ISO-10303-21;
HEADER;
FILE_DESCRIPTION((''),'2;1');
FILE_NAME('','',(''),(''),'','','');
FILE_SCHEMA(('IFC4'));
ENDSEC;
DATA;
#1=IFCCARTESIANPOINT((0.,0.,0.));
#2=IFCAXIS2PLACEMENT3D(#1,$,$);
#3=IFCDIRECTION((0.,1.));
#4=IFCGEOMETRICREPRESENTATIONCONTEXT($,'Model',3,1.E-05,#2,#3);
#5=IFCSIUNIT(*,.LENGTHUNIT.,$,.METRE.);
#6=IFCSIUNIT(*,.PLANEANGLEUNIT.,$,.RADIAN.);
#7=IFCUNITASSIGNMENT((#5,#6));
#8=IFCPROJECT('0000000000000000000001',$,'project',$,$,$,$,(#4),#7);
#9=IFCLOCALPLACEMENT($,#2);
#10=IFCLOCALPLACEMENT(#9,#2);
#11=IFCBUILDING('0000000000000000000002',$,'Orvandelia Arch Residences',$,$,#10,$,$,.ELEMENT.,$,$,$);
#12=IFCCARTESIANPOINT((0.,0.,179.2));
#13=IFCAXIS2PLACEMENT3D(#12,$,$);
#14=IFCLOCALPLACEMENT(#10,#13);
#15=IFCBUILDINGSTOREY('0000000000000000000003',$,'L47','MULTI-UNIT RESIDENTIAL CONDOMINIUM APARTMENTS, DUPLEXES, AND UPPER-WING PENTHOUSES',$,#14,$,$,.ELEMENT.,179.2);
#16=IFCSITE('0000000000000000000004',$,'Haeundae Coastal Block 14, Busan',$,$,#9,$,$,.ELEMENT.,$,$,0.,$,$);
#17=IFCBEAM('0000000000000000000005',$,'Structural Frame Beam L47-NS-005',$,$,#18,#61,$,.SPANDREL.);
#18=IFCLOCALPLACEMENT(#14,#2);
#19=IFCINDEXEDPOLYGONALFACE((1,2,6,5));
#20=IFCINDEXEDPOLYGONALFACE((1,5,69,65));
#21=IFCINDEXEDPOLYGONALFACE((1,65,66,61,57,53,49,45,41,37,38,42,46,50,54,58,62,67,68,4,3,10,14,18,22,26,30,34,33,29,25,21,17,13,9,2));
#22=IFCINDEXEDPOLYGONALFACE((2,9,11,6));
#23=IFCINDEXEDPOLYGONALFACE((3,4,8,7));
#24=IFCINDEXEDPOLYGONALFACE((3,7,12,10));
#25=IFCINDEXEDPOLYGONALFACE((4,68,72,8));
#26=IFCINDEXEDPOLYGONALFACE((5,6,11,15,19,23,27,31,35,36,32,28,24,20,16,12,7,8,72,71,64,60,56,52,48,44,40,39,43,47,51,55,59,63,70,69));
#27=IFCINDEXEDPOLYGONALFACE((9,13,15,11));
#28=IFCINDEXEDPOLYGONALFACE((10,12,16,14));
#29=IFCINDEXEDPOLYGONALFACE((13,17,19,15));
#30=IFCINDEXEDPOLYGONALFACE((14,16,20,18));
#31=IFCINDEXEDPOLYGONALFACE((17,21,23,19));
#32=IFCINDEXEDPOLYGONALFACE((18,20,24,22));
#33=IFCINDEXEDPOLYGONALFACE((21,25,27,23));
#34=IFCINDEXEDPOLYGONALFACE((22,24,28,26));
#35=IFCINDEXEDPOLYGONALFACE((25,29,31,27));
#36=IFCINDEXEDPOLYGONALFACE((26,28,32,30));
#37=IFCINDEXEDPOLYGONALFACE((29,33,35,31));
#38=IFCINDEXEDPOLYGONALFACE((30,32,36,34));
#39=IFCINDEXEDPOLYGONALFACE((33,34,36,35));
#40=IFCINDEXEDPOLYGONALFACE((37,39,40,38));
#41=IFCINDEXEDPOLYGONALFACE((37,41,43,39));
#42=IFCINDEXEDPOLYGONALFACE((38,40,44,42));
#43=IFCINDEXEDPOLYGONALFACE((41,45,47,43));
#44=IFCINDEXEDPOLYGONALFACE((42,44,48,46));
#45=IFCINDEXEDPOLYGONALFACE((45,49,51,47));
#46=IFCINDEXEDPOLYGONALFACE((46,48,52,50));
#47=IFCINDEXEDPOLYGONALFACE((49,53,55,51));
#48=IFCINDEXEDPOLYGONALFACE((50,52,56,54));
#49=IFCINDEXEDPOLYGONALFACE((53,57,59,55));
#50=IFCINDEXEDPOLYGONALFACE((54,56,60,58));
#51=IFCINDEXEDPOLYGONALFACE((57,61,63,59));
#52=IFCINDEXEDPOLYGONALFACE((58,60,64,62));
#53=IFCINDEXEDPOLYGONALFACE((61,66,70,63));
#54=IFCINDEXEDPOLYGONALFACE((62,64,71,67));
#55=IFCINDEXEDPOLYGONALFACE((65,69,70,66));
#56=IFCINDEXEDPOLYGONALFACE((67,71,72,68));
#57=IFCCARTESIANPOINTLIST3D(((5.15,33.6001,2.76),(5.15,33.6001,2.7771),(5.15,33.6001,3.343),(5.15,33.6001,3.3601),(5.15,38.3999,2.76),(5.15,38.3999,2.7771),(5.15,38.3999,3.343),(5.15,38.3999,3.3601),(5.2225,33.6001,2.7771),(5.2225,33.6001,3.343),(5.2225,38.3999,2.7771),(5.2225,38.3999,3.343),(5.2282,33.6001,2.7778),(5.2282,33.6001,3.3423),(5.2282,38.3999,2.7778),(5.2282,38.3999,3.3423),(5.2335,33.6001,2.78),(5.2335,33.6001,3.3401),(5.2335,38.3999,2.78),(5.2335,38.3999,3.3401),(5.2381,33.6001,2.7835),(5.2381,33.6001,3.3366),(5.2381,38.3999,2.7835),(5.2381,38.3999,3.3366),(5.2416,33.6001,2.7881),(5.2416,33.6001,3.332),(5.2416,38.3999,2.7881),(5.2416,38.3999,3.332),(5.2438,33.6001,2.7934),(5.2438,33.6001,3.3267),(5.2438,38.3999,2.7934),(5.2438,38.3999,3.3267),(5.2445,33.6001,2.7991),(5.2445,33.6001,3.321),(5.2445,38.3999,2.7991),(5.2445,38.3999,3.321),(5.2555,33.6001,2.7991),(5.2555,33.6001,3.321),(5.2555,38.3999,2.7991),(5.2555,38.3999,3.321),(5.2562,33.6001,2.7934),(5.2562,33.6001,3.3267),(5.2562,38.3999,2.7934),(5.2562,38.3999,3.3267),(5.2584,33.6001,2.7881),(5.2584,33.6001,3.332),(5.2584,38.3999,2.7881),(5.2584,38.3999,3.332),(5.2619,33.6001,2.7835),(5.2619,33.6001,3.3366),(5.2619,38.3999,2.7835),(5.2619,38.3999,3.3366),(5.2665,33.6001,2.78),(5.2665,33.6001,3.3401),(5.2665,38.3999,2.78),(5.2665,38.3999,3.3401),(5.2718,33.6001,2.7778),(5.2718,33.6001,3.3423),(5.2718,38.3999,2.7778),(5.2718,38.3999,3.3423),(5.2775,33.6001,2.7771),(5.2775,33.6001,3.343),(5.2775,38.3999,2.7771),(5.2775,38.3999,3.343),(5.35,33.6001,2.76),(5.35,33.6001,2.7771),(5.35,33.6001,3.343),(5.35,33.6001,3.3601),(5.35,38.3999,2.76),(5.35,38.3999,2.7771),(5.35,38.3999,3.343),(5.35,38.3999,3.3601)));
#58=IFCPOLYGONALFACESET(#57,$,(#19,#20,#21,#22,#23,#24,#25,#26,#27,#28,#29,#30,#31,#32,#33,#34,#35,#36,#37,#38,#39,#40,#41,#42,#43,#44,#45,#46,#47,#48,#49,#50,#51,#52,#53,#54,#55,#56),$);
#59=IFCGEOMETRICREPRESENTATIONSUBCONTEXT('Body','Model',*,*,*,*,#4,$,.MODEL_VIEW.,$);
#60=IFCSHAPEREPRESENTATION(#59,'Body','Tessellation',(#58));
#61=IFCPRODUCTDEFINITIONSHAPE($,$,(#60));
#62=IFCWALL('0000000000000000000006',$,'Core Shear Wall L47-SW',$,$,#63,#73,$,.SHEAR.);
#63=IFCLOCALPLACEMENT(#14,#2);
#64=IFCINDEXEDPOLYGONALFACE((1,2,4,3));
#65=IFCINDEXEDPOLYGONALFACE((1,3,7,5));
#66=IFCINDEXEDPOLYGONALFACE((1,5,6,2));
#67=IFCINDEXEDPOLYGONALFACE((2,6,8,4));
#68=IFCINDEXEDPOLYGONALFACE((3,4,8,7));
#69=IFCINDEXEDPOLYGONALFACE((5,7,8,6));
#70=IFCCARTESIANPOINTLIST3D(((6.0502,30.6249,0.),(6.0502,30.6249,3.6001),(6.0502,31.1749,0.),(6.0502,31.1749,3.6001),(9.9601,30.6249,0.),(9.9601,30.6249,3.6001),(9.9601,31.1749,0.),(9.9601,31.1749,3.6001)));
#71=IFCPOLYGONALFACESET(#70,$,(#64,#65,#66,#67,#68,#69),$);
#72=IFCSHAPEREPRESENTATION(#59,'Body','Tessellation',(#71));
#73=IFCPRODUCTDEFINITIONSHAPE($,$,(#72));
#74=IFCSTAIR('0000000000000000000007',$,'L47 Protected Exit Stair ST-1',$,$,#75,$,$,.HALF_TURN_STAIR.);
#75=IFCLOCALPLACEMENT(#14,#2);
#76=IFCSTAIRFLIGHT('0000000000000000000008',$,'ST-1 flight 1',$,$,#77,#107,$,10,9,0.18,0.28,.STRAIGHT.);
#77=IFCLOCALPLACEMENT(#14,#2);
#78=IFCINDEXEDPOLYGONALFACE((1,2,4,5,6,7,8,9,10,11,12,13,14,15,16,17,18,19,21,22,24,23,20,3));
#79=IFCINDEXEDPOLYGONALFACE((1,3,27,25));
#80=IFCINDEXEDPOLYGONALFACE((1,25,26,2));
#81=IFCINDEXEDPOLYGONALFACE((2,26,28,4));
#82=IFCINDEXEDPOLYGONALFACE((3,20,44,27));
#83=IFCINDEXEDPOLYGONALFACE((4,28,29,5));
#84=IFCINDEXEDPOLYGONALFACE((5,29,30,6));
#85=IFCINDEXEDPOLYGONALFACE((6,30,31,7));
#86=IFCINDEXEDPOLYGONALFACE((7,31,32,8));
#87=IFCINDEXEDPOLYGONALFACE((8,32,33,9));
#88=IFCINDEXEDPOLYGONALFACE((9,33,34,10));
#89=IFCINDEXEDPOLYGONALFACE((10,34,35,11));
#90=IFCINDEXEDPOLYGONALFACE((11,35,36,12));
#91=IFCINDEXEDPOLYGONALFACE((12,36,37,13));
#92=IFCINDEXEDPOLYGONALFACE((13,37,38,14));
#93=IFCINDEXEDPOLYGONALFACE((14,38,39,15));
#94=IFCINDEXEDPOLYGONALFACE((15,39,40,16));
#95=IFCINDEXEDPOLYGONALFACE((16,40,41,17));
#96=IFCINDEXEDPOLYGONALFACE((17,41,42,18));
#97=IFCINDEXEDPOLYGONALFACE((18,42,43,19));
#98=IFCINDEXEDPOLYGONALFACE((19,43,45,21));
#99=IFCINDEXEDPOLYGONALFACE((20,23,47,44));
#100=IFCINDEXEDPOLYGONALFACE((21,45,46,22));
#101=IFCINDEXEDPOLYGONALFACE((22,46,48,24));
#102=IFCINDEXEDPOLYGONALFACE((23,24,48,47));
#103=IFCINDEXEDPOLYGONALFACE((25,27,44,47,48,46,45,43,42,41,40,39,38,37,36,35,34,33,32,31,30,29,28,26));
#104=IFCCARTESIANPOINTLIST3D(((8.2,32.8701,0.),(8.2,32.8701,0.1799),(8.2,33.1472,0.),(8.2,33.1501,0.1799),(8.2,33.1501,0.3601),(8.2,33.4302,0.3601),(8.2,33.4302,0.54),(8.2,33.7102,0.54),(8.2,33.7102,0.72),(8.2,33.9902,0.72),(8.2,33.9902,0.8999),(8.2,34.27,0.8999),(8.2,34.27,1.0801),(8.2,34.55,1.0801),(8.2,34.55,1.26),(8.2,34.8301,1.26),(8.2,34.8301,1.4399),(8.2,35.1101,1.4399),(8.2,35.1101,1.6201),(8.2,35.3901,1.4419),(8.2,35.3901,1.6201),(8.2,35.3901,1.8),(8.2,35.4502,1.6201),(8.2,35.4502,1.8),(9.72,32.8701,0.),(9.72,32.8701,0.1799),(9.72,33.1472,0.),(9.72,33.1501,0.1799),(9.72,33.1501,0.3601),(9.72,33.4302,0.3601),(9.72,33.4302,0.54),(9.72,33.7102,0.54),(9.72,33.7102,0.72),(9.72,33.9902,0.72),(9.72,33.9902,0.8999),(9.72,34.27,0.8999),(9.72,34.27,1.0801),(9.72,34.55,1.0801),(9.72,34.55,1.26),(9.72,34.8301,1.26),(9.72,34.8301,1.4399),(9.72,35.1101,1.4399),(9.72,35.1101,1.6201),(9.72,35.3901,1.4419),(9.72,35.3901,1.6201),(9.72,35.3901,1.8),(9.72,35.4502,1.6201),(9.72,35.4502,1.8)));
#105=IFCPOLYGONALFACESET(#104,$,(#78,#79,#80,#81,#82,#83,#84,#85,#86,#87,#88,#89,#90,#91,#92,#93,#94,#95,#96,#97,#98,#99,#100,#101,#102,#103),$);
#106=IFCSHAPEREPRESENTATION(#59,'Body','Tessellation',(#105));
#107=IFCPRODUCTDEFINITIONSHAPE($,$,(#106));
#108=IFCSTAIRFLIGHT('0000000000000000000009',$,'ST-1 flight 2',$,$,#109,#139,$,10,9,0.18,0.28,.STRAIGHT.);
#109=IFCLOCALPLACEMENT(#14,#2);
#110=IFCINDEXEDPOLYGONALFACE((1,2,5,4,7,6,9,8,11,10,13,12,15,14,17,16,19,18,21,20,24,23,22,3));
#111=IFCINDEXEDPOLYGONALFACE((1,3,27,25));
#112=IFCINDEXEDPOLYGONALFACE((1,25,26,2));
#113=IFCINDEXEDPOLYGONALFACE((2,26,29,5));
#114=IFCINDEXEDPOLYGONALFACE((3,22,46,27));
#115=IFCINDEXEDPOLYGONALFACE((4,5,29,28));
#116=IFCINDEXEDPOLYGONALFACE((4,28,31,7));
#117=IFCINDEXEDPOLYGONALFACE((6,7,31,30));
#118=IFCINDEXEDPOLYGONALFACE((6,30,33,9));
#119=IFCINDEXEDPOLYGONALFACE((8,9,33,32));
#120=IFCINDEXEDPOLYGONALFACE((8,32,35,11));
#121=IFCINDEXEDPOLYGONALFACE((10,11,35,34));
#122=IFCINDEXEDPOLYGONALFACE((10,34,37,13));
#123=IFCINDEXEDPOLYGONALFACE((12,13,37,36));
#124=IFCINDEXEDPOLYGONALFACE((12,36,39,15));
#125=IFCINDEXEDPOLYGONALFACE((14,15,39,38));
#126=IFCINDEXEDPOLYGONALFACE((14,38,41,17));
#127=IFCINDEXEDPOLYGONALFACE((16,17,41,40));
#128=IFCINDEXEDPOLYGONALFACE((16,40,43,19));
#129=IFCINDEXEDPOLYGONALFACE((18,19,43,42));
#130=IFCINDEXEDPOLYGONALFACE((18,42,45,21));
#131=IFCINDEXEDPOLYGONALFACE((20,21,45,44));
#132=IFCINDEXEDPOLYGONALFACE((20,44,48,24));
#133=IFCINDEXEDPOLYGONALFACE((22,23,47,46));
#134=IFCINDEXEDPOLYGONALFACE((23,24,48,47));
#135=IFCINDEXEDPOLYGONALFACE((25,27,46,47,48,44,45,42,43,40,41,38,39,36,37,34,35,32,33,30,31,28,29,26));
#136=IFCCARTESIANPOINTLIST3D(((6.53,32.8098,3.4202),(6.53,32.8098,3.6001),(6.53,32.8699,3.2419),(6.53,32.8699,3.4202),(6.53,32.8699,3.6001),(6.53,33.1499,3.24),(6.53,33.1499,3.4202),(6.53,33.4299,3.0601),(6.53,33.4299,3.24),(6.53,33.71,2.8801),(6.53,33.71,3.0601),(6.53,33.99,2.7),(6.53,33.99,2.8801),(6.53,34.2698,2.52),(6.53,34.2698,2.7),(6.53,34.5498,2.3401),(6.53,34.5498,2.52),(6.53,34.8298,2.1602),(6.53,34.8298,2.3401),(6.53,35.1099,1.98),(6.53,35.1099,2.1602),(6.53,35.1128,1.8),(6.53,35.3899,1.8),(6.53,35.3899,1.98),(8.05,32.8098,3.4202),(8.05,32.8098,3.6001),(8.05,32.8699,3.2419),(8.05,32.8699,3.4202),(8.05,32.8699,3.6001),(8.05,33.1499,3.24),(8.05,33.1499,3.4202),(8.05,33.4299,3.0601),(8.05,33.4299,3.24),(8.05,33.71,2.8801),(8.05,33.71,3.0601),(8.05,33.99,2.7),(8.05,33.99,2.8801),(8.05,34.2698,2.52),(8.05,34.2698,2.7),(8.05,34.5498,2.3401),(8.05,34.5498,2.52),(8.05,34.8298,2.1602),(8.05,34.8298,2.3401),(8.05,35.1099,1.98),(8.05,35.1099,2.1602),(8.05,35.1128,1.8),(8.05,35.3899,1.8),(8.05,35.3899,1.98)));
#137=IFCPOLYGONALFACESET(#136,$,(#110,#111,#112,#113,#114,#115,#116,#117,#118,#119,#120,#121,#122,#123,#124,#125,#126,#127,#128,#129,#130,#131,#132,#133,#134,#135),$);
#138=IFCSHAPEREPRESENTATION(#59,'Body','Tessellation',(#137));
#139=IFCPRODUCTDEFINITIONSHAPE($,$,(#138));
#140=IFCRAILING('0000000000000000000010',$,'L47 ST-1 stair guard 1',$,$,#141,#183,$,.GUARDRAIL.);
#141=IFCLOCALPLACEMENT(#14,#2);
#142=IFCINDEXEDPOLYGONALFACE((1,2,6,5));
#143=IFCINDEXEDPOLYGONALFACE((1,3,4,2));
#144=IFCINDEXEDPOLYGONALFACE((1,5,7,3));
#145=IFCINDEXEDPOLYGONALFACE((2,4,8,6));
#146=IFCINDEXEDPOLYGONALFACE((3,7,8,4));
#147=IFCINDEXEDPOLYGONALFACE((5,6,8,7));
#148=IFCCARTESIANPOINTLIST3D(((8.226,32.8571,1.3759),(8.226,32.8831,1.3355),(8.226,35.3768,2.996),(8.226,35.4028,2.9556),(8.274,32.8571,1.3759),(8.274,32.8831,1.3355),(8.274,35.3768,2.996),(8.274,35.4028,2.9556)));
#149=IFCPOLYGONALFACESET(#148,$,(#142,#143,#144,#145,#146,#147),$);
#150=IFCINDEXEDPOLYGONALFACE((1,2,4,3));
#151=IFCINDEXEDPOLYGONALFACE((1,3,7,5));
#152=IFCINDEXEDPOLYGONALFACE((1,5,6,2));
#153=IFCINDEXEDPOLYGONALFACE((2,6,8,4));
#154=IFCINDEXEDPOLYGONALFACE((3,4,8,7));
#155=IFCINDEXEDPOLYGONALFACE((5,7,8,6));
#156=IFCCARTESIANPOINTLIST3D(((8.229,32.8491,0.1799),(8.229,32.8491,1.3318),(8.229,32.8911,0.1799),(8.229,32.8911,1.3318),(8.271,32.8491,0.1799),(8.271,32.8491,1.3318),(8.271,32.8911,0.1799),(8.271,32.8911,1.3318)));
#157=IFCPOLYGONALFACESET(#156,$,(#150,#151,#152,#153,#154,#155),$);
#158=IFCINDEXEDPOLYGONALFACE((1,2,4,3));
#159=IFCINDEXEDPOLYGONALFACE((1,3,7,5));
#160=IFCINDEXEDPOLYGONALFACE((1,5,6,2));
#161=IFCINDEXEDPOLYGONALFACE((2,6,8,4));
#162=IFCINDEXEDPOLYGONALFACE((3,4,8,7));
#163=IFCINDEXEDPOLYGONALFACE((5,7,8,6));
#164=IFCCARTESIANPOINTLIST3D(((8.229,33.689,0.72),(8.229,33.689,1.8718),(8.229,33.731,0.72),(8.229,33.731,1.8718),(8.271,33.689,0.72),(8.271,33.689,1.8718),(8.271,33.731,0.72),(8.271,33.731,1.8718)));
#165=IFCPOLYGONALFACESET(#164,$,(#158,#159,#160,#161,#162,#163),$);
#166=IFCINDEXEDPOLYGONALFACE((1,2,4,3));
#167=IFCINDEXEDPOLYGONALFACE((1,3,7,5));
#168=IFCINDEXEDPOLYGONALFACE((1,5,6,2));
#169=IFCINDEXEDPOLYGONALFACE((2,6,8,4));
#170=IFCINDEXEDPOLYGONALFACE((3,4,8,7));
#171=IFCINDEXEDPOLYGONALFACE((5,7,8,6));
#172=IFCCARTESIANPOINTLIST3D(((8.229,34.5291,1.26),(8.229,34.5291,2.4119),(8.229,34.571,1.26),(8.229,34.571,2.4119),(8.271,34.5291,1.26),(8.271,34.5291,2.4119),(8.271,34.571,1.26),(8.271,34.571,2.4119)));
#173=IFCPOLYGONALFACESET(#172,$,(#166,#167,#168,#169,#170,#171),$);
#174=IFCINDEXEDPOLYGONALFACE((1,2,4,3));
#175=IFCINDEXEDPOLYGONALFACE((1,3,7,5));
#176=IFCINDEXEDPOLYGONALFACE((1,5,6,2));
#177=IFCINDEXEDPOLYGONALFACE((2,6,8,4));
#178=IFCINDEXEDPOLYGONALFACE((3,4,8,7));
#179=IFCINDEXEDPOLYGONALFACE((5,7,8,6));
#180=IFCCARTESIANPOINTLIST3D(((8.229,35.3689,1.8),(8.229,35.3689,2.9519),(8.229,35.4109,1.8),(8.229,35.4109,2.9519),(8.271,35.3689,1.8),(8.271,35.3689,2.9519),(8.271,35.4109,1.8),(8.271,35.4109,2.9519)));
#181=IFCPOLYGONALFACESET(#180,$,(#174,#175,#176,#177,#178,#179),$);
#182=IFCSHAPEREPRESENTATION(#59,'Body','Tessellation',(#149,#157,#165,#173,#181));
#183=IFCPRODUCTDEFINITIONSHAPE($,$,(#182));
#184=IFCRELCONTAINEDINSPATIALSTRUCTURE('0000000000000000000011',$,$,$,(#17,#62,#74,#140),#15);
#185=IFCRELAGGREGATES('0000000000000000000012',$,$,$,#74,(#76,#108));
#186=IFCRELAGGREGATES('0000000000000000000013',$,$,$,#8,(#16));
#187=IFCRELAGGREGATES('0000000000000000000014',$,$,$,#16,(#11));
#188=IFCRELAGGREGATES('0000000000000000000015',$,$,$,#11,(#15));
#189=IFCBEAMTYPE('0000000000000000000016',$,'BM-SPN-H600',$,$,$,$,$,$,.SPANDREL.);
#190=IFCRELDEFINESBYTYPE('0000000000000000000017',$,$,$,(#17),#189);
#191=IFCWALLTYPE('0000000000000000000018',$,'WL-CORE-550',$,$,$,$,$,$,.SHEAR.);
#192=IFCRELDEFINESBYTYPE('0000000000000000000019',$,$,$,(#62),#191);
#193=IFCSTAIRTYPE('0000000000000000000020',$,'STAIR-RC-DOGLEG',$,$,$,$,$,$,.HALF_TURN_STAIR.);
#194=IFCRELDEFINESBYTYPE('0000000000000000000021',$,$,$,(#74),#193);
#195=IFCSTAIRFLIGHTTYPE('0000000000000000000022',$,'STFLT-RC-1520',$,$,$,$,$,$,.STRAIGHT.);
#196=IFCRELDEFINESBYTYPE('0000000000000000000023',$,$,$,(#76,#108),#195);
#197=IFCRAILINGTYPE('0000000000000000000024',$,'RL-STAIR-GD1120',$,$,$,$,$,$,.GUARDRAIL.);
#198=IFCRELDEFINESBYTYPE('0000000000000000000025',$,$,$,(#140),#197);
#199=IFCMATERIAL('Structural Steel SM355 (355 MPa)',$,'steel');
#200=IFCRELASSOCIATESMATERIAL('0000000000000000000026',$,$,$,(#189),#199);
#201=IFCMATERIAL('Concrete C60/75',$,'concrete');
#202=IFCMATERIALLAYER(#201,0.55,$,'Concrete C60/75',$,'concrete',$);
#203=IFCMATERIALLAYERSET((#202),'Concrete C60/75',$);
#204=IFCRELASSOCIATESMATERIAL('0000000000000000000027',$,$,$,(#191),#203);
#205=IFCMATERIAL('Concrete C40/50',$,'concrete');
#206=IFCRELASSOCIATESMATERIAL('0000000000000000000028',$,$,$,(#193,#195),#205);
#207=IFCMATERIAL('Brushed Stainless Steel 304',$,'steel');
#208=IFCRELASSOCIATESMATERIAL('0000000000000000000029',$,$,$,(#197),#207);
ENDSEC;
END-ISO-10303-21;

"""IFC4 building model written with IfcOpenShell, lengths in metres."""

from ifc_helpers import new_model, si_unit, direction, frame, frame_2d, origin, origin_2d, place, context, subcontext, project, spatial, polyline, rectangle, i_section, outline, extrude, material, layer, layer_set, material_profile, profile_set, type_object, element, aggregate, save


model = new_model("IFC4")

# Units and contexts
model_context = context("Model", 3, precision=1e-05, world=origin(), true_north=direction((0.0, 1.0)))
body_context = subcontext(model_context, "Body", "Model", "MODEL_VIEW")
ifc_project = project(units=[si_unit("LENGTHUNIT", "METRE"), si_unit("PLANEANGLEUNIT", "RADIAN")], contexts=[model_context])

# Site, building, storey
site_placement = place(None, origin())
site = spatial("IfcSite", under=ifc_project, at=site_placement, Name="Haeundae Coastal Block 14, Busan", CompositionType="ELEMENT", RefElevation=0.0)
building_placement = place(site_placement, origin())
building = spatial("IfcBuilding", under=site, at=building_placement, Name="Orvandelia Arch Residences", CompositionType="ELEMENT")
storey_placement = place(building_placement, frame((0.0, 0.0, 179.2)))
storey = spatial("IfcBuildingStorey", under=building, at=storey_placement, Name="L47", Description="MULTI-UNIT RESIDENTIAL CONDOMINIUM APARTMENTS, DUPLEXES, AND UPPER-WING PENTHOUSES", CompositionType="ELEMENT", Elevation=179.2)

# Shared definitions
ifc_material_1 = material(Name="Concrete C60/75", Category="concrete")

# Beam
ifc_material_2 = material(Name="Structural Steel SM355 (355 MPa)", Category="steel")
ifc_material_profile_1 = material_profile(ifc_material_2, i_section(OverallWidth=0.2, OverallDepth=0.6001, WebThickness=0.011, FlangeThickness=0.0171, FilletRadius=0.022, at=origin_2d()), Name="Structural Steel SM355 (355 MPa)", Category="steel")
ifc_profile_set_1 = profile_set([ifc_material_profile_1], Name="Structural Steel SM355 (355 MPa)")
beam_type_1 = type_object("IfcBeamType", Name="BM-SPN-H600", PredefinedType="SPANDREL", material=ifc_profile_set_1)
beam_1_placement = place(storey_placement, frame((5.25, 33.6001, 3.0601), z_axis=(0.0, 1.0, 0.0), x_axis=(-1.0, 0.0, 0.0)))
element("IfcBeam", 1, at=beam_1_placement, inside=storey, type_object=beam_type_1, Name="Structural Frame Beam L47-NS-005", PredefinedType="SPANDREL", context=body_context, shape_type="SweptSolid", body=[
    extrude(i_section(OverallWidth=0.2, OverallDepth=0.6001, WebThickness=0.011, FlangeThickness=0.0171, FilletRadius=0.022, at=origin_2d()), origin(), (0.0, 0.0, 1.0), 4.7998),
])

# Wall
ifc_layer = layer(ifc_material_1, 0.55, Name="Concrete C60/75", Category="concrete")
ifc_layer_set = layer_set([ifc_layer], Name="Concrete C60/75")
wall_type = type_object("IfcWallType", Name="WL-CORE-550", PredefinedType="SHEAR", material=ifc_layer_set)
wall_placement = place(storey_placement, frame((6.05, 30.8999, 0.0), z_axis=(0.0, 0.0, 1.0), x_axis=(1.0, 0.0, 0.0)))
element("IfcWall", 2, at=wall_placement, inside=storey, type_object=wall_type, Name="Core Shear Wall L47-SW", PredefinedType="SHEAR", context=body_context, shape_type="SweptSolid", body=[
    extrude(rectangle(XDim=3.9099, YDim=0.55, at=frame_2d((1.9551, 0.0))), origin(), (0.0, 0.0, 1.0), 3.6001),
])

# Stair, stair flights
ifc_material_3 = material(Name="Concrete C40/50", Category="concrete")
stair_type = type_object("IfcStairType", Name="STAIR-RC-DOGLEG", PredefinedType="HALF_TURN_STAIR", material=ifc_material_3)
stair_placement = place(storey_placement, origin())
stair = element("IfcStair", 3, at=stair_placement, inside=storey, type_object=stair_type, Name="L47 Protected Exit Stair ST-1", PredefinedType="HALF_TURN_STAIR")
stair_flight_type = type_object("IfcStairFlightType", Name="STFLT-RC-1520", PredefinedType="STRAIGHT", material=ifc_material_3)
stair_flight_1_placement = place(storey_placement, frame((8.96, 32.8701, 0.0), z_axis=(0.0, 0.0, 1.0), x_axis=(0.0, 1.0, 0.0)))
stair_flight_1 = element("IfcStairFlight", 4, at=stair_flight_1_placement, type_object=stair_flight_type, Name="ST-1 flight 1", NumberOfRisers=10, NumberOfTreads=9, PredefinedType="STRAIGHT", RiserHeight=0.18, TreadLength=0.28, context=body_context, shape_type="SweptSolid", body=[
    extrude(outline(polyline([(0.0, 0.0), (0.0, 0.1799), (0.28, 0.1799), (0.28, 0.3601), (0.5601, 0.3601), (0.5601, 0.54), (0.8401, 0.54), (0.8401, 0.72), (1.1201, 0.72), (1.1201, 0.8999), (1.3999, 0.8999), (1.3999, 1.0801), (1.6799, 1.0801), (1.6799, 1.26), (1.96, 1.26), (1.96, 1.4399), (2.24, 1.4399), (2.24, 1.6201), (2.52, 1.6201), (2.52, 1.8), (2.5801, 1.8), (2.5801, 1.6201), (2.52, 1.4419), (0.2771, 0.0), (0.0, 0.0)])), frame((0.0, 0.76, 0.0), z_axis=(0.0, -1.0, 0.0), x_axis=(1.0, 0.0, 0.0)), (0.0, 0.0, 1.0), 1.52),
])
stair_flight_2_placement = place(storey_placement, frame((7.29, 35.3899, 1.8), z_axis=(0.0, 0.0, 1.0), x_axis=(0.0, -1.0, 0.0)))
stair_flight_2 = element("IfcStairFlight", 5, at=stair_flight_2_placement, type_object=stair_flight_type, Name="ST-1 flight 2", NumberOfRisers=10, NumberOfTreads=9, PredefinedType="STRAIGHT", RiserHeight=0.18, TreadLength=0.28, context=body_context, shape_type="SweptSolid", body=[
    extrude(outline(polyline([(0.0, 0.0), (0.0, 0.1799), (0.28, 0.1799), (0.28, 0.3601), (0.5601, 0.3601), (0.5601, 0.54), (0.8401, 0.54), (0.8401, 0.72), (1.1201, 0.72), (1.1201, 0.8999), (1.3999, 0.8999), (1.3999, 1.0801), (1.6799, 1.0801), (1.6799, 1.26), (1.96, 1.26), (1.96, 1.4399), (2.24, 1.4399), (2.24, 1.6201), (2.52, 1.6201), (2.52, 1.8), (2.5801, 1.8), (2.5801, 1.6201), (2.52, 1.4419), (0.2771, 0.0), (0.0, 0.0)])), frame((0.0, 0.76, 0.0), z_axis=(0.0, -1.0, 0.0), x_axis=(1.0, 0.0, 0.0)), (0.0, 0.0, 1.0), 1.52),
])
aggregate(stair, [stair_flight_1, stair_flight_2])

# Railing
ifc_material_4 = material(Name="Brushed Stainless Steel 304", Category="steel")
railing_type_1 = type_object("IfcRailingType", Name="RL-STAIR-GD1120", PredefinedType="GUARDRAIL", material=ifc_material_4)
railing_1_placement = place(storey_placement, frame((8.25, 32.8701, 0.1799)))
element("IfcRailing", 6, at=railing_1_placement, inside=storey, type_object=railing_type_1, Name="L47 ST-1 stair guard 1", PredefinedType="GUARDRAIL", context=body_context, shape_type="SweptSolid", body=[
    extrude(rectangle(XDim=0.0481, YDim=0.0481, at=origin_2d()), frame((0.0, 0.0, 1.1758), z_axis=(0.0, 0.841139, 0.540819), x_axis=(-1.0, 0.0, 0.0)), (0.0, 0.0, 1.0), 2.9956),
    extrude(rectangle(XDim=0.042, YDim=0.042, at=origin_2d()), origin(), (0.0, 0.0, 1.0), 1.1519),
    extrude(rectangle(XDim=0.042, YDim=0.042, at=origin_2d()), frame((0.0, 0.8398, 0.54)), (0.0, 0.0, 1.0), 1.1519),
    extrude(rectangle(XDim=0.042, YDim=0.042, at=origin_2d()), frame((0.0, 1.6799, 1.0801)), (0.0, 0.0, 1.0), 1.1519),
    extrude(rectangle(XDim=0.042, YDim=0.042, at=origin_2d()), frame((0.0, 2.5198, 1.6201)), (0.0, 0.0, 1.0), 1.1519),
])

save(model, "model.ifc")
